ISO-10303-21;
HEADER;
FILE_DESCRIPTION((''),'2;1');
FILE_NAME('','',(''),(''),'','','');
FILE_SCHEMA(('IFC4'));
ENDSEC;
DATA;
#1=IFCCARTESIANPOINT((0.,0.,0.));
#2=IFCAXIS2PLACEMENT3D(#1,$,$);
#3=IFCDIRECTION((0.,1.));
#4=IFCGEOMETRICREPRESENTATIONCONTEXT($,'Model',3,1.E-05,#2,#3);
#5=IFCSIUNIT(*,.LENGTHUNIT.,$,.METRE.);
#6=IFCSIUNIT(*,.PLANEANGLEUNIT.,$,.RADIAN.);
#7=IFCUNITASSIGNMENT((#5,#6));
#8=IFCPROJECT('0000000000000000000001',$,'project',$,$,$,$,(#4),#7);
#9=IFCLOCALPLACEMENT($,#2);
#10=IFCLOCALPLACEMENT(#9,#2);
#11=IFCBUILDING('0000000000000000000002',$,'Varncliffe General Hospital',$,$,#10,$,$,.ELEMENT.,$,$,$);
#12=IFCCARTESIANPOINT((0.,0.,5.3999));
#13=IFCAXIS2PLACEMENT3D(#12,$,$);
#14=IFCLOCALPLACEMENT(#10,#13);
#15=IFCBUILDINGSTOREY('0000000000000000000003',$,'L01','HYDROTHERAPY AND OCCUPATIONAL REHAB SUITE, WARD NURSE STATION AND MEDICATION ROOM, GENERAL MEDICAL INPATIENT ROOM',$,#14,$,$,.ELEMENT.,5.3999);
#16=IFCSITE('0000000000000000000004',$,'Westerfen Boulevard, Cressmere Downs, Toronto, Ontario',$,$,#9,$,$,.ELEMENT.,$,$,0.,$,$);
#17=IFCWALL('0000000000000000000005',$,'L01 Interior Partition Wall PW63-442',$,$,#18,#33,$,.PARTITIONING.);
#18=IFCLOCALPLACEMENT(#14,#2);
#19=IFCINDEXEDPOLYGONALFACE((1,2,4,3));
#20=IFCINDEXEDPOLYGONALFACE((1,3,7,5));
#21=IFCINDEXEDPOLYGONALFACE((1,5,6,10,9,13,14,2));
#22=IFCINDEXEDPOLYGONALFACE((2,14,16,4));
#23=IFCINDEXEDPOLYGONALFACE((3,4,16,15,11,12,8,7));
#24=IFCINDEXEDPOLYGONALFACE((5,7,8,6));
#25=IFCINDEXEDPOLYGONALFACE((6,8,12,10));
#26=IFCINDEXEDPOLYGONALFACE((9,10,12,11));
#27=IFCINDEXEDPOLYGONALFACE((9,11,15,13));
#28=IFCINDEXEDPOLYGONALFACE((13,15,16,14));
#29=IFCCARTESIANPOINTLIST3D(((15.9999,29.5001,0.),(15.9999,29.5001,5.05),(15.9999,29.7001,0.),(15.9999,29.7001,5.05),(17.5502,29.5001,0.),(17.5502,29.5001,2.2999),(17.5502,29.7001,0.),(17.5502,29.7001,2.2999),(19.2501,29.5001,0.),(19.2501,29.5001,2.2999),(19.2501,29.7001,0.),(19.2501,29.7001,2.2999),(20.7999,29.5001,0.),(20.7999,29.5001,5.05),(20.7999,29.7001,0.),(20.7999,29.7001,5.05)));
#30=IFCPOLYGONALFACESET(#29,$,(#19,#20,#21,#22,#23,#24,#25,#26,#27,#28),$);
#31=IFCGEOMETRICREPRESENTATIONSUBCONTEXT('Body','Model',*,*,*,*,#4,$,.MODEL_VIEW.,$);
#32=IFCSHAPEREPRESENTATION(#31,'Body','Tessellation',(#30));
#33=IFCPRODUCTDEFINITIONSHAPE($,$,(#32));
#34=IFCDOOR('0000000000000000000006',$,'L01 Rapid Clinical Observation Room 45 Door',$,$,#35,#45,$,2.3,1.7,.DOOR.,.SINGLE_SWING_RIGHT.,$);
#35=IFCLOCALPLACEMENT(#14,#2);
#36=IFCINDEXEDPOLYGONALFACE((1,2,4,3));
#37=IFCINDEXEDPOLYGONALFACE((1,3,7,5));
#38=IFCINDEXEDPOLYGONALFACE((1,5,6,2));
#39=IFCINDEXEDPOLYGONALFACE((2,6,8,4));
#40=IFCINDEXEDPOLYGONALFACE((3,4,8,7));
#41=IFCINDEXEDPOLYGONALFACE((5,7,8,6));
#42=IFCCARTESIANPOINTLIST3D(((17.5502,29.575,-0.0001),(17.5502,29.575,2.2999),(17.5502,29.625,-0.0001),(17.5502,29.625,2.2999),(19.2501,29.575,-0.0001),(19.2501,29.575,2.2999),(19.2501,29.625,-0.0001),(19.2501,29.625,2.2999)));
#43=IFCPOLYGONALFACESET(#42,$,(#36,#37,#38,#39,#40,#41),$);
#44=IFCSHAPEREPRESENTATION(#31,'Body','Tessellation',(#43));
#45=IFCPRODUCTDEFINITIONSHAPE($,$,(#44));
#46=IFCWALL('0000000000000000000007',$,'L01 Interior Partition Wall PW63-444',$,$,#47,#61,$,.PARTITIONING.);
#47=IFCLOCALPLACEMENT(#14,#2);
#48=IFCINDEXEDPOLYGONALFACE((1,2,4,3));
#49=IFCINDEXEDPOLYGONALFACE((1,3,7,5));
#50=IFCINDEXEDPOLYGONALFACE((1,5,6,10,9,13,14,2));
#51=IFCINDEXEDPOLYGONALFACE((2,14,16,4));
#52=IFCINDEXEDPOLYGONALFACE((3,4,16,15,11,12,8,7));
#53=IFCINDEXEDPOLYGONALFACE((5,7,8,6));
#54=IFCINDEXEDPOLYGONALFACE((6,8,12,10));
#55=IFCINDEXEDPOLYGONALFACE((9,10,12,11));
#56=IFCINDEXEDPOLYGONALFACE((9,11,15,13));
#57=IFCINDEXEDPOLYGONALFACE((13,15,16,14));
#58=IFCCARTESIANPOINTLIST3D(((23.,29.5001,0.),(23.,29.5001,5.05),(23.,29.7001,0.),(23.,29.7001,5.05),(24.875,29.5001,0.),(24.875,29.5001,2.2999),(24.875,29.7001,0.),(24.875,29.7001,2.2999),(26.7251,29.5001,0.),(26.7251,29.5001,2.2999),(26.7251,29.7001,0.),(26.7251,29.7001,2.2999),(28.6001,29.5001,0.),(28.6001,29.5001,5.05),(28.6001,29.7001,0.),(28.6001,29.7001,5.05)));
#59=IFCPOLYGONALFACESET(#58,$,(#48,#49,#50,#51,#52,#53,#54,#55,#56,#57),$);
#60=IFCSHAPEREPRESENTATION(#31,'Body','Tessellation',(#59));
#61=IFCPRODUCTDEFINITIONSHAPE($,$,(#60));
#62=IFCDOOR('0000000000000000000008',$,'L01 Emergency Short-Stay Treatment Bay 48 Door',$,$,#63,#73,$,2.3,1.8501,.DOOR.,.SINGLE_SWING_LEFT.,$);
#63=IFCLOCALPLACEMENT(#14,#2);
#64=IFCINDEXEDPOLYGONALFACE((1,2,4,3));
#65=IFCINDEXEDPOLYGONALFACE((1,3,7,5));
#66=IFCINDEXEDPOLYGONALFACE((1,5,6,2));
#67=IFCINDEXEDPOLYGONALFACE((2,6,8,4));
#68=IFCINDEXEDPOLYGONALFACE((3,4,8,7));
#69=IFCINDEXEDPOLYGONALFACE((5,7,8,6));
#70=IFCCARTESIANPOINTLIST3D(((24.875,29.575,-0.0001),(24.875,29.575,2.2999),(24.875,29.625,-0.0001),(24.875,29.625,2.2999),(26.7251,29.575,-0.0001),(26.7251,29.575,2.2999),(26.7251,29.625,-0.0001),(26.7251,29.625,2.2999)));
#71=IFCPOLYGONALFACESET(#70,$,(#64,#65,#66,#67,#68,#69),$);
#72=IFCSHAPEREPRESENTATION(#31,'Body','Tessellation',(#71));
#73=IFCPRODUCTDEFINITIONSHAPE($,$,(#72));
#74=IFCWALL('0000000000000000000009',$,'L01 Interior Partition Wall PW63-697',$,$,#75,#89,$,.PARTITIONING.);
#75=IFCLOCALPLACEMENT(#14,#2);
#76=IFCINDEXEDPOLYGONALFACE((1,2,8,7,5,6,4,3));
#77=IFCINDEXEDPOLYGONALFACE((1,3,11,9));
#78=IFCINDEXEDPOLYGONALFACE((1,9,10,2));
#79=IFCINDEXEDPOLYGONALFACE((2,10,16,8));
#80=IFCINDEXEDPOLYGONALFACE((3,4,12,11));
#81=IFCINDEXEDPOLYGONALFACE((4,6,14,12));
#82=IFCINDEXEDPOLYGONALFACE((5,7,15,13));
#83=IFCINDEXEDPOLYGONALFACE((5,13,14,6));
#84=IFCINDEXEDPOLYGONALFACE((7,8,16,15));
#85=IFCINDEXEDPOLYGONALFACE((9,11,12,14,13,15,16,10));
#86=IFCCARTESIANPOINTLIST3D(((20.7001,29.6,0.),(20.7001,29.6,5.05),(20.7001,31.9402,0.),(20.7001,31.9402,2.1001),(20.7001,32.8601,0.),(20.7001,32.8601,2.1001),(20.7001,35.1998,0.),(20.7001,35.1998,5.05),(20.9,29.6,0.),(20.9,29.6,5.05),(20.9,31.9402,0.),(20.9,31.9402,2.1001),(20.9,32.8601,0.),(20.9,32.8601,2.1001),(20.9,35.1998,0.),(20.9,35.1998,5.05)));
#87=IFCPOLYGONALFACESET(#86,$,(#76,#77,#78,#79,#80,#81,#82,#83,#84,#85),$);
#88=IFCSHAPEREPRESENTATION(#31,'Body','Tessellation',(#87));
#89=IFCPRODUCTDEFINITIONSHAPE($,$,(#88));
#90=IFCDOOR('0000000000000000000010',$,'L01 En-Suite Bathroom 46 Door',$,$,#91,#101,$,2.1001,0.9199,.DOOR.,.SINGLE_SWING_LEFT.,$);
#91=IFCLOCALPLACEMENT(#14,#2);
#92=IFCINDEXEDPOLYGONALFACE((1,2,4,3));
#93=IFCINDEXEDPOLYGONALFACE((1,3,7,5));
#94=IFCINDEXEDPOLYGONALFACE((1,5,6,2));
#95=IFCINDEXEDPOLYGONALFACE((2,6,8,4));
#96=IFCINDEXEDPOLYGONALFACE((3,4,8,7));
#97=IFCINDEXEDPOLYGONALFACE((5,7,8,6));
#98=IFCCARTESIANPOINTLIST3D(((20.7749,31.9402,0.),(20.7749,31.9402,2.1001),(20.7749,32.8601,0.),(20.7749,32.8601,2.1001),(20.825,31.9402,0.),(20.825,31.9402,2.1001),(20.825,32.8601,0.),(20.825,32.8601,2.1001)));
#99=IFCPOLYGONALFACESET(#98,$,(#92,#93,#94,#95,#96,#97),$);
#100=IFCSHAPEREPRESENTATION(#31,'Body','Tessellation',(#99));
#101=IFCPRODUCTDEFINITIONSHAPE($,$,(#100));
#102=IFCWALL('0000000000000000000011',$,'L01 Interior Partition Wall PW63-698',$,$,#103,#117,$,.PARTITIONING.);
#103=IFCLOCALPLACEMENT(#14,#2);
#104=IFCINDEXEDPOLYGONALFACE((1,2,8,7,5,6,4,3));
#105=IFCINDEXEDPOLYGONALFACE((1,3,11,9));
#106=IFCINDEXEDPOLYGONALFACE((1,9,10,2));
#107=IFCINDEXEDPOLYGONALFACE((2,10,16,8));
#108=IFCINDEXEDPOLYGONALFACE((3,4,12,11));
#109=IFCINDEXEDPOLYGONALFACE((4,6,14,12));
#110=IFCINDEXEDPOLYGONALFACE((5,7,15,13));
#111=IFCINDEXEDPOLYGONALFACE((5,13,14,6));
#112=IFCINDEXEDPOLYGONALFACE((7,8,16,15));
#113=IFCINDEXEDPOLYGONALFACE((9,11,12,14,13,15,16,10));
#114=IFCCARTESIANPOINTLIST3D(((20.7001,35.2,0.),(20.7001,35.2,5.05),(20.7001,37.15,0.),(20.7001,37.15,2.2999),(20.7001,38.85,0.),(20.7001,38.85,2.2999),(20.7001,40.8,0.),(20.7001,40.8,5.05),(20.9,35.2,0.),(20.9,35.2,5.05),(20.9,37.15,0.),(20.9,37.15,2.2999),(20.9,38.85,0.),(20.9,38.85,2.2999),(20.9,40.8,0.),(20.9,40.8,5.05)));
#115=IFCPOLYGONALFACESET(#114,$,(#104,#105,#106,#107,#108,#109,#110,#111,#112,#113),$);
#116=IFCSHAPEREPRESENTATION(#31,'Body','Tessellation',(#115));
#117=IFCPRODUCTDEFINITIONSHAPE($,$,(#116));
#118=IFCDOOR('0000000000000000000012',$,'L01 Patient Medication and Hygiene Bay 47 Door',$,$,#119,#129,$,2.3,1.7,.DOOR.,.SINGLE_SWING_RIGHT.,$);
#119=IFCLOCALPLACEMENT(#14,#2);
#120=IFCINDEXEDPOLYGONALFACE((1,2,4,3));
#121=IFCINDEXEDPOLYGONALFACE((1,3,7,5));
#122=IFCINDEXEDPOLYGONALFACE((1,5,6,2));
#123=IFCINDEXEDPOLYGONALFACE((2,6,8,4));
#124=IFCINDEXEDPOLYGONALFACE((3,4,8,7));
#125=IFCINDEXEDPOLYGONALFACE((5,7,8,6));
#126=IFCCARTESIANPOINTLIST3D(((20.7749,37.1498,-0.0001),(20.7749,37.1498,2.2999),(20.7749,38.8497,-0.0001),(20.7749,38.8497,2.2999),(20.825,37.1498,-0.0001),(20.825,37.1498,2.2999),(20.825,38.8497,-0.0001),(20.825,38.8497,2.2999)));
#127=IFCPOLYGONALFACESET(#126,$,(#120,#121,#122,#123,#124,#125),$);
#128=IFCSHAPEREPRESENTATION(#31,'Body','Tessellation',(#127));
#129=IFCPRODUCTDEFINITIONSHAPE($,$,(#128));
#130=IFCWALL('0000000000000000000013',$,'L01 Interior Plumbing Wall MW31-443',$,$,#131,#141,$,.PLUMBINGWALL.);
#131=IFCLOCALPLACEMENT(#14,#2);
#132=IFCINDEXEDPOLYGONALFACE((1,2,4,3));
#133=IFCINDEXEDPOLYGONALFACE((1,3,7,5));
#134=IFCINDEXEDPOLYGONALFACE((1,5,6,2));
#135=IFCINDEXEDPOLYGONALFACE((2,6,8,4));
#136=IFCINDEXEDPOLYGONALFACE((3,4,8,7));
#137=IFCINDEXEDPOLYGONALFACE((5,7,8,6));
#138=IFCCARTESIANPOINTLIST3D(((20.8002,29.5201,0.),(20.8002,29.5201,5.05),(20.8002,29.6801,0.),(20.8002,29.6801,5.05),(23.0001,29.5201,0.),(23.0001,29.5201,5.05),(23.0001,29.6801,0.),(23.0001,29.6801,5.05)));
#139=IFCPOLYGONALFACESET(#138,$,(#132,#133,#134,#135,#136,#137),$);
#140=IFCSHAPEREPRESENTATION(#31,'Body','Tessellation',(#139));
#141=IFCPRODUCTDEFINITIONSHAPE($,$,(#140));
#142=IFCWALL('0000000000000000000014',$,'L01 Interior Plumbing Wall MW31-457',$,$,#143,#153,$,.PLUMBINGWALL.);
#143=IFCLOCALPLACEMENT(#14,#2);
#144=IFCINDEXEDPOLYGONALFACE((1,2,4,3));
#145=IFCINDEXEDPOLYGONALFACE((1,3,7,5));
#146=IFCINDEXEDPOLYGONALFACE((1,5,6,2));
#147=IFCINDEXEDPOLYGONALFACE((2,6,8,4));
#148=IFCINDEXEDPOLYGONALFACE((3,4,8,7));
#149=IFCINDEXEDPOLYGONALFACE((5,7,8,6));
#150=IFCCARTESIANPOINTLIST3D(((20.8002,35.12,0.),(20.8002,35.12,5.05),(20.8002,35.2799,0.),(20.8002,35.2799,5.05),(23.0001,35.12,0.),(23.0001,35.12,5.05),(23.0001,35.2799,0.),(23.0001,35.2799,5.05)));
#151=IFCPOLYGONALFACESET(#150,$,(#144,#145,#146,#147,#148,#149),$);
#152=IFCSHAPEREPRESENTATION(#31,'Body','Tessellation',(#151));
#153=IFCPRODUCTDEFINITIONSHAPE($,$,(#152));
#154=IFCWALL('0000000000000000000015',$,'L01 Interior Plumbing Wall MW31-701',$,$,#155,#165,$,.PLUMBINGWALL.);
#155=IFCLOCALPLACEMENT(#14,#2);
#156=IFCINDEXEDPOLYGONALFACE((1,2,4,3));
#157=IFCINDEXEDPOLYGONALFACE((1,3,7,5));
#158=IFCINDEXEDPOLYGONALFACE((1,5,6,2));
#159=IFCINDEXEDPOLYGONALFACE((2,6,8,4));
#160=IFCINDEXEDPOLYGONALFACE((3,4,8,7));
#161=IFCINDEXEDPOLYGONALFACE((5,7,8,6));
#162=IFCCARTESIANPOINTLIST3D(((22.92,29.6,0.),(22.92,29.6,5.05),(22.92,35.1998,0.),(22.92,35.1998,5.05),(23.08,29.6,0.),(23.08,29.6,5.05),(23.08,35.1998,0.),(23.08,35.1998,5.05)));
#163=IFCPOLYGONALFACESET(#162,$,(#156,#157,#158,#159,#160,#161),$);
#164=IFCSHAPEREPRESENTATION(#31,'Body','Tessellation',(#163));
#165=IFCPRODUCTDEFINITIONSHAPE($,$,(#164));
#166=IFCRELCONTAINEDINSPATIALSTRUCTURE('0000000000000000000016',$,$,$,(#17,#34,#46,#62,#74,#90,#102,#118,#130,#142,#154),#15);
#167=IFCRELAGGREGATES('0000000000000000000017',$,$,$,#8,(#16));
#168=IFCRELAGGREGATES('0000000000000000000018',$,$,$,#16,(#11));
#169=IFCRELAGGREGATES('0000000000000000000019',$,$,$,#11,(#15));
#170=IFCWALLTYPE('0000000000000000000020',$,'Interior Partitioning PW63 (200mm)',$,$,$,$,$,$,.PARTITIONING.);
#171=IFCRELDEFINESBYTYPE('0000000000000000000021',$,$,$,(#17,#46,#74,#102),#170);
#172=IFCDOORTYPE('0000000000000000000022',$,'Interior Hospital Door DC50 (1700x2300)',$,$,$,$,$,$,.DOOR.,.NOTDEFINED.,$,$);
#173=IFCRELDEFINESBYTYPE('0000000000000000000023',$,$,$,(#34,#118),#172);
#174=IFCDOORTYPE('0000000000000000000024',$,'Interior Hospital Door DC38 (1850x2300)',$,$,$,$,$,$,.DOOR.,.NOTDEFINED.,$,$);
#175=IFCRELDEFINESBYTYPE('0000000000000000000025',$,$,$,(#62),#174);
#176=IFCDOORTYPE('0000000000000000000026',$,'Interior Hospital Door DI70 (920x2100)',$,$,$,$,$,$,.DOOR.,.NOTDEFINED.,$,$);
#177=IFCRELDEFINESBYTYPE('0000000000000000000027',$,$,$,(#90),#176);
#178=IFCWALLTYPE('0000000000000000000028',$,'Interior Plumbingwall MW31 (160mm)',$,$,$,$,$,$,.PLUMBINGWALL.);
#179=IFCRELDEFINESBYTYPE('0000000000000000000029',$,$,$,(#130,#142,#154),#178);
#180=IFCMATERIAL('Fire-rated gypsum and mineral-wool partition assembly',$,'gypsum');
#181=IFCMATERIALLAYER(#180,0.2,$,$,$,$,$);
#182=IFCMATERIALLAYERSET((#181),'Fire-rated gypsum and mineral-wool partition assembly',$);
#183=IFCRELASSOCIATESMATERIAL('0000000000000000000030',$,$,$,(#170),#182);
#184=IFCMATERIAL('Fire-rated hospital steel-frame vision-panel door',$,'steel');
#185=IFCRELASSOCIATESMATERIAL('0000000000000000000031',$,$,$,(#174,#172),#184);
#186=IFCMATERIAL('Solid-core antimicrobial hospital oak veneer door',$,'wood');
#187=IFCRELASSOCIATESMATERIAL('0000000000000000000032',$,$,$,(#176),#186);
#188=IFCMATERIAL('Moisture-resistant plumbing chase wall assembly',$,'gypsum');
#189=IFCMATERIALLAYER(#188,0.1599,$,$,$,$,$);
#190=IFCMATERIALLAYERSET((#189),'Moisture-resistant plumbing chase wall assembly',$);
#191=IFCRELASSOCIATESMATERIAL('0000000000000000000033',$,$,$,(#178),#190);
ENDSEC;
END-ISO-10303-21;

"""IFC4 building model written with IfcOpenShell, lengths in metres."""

from ifc_helpers import new_model, si_unit, direction, frame, frame_2d, origin, place, context, subcontext, project, spatial, rectangle, extrude, material, layer, layer_set, type_object, element, fill, save


model = new_model("IFC4")

# Units and contexts
model_context = context("Model", 3, precision=1e-05, world=origin(), true_north=direction((0.0, 1.0)))
body_context = subcontext(model_context, "Body", "Model", "MODEL_VIEW")
ifc_project = project(units=[si_unit("LENGTHUNIT", "METRE"), si_unit("PLANEANGLEUNIT", "RADIAN")], contexts=[model_context])

# Site, building, storey
site_placement = place(None, origin())
site = spatial("IfcSite", under=ifc_project, at=site_placement, Name="Westerfen Boulevard, Cressmere Downs, Toronto, Ontario", CompositionType="ELEMENT", RefElevation=0.0)
building_placement = place(site_placement, origin())
building = spatial("IfcBuilding", under=site, at=building_placement, Name="Varncliffe General Hospital", CompositionType="ELEMENT")
storey_placement = place(building_placement, frame((0.0, 0.0, 5.3999)))
storey = spatial("IfcBuildingStorey", under=building, at=storey_placement, Name="L01", Description="HYDROTHERAPY AND OCCUPATIONAL REHAB SUITE, WARD NURSE STATION AND MEDICATION ROOM, GENERAL MEDICAL INPATIENT ROOM", CompositionType="ELEMENT", Elevation=5.3999)

# Walls, openings, doors
ifc_material_1 = material(Name="Fire-rated gypsum and mineral-wool partition assembly", Category="gypsum")
ifc_layer_1 = layer(ifc_material_1, 0.2)
ifc_layer_set_1 = layer_set([ifc_layer_1], Name="Fire-rated gypsum and mineral-wool partition assembly")
wall_type_1 = type_object("IfcWallType", Name="Interior Partitioning PW63 (200mm)", PredefinedType="PARTITIONING", material=ifc_layer_set_1)
ifc_material_2 = material(Name="Fire-rated hospital steel-frame vision-panel door", Category="steel")
door_type_1 = type_object("IfcDoorType", Name="Interior Hospital Door DC38 (1850x2300)", OperationType="NOTDEFINED", PredefinedType="DOOR", material=ifc_material_2)
wall_1_placement = place(storey_placement, frame((16.0, 29.6001, 0.0), z_axis=(0.0, 0.0, 1.0), x_axis=(1.0, 0.0, 0.0)))
wall_1 = element("IfcWall", 1, at=wall_1_placement, inside=storey, type_object=wall_type_1, Name="L01 Interior Partition Wall PW63-442", PredefinedType="PARTITIONING", context=body_context, shape_type="SweptSolid", body=[
    extrude(rectangle(XDim=4.8, YDim=0.2, at=frame_2d((2.3999, 0.0))), origin(), (0.0, 0.0, 1.0), 5.05),
])
opening_1_placement = place(wall_1_placement, frame((1.55, 0.0, 0.0)))
opening_1 = element("IfcOpeningElement", 2, at=opening_1_placement, cuts=wall_1, PredefinedType="OPENING", context=body_context, shape_type="SweptSolid", body=[
    extrude(rectangle(XDim=1.7, YDim=2.3, at=frame_2d((0.8501, 1.1499))), frame((0.0, 0.1099, 0.0), z_axis=(0.0, -1.0, 0.0), x_axis=(1.0, 0.0, 0.0)), (0.0, 0.0, 1.0), 0.22),
])
door_type_2 = type_object("IfcDoorType", Name="Interior Hospital Door DC50 (1700x2300)", OperationType="NOTDEFINED", PredefinedType="DOOR", material=ifc_material_2)
door_1_placement = place(opening_1_placement, origin())
door_1 = element("IfcDoor", 3, at=door_1_placement, inside=storey, type_object=door_type_2, Name="L01 Rapid Clinical Observation Room 45 Door", OperationType="SINGLE_SWING_RIGHT", OverallHeight=2.3, OverallWidth=1.7, PredefinedType="DOOR", context=body_context, shape_type="SweptSolid", body=[
    extrude(rectangle(XDim=1.7, YDim=2.3, at=frame_2d((0.8501, 1.1499))), frame((0.0, 0.0249, 0.0), z_axis=(0.0, -1.0, 0.0), x_axis=(1.0, 0.0, 0.0)), (0.0, 0.0, 1.0), 0.05),
])
fill(opening_1, door_1)
wall_2_placement = place(storey_placement, frame((23.0, 29.6001, 0.0), z_axis=(0.0, 0.0, 1.0), x_axis=(1.0, 0.0, 0.0)))
wall_2 = element("IfcWall", 4, at=wall_2_placement, inside=storey, type_object=wall_type_1, Name="L01 Interior Partition Wall PW63-444", PredefinedType="PARTITIONING", context=body_context, shape_type="SweptSolid", body=[
    extrude(rectangle(XDim=5.6001, YDim=0.2, at=frame_2d((2.8, 0.0))), origin(), (0.0, 0.0, 1.0), 5.05),
])
opening_2_placement = place(wall_2_placement, frame((1.875, 0.0, 0.0)))
opening_2 = element("IfcOpeningElement", 5, at=opening_2_placement, cuts=wall_2, PredefinedType="OPENING", context=body_context, shape_type="SweptSolid", body=[
    extrude(rectangle(XDim=1.8501, YDim=2.3, at=frame_2d((0.925, 1.1499))), frame((0.0, 0.1099, 0.0), z_axis=(0.0, -1.0, 0.0), x_axis=(1.0, 0.0, 0.0)), (0.0, 0.0, 1.0), 0.22),
])
door_2_placement = place(opening_2_placement, origin())
door_2 = element("IfcDoor", 6, at=door_2_placement, inside=storey, type_object=door_type_1, Name="L01 Emergency Short-Stay Treatment Bay 48 Door", OperationType="SINGLE_SWING_LEFT", OverallHeight=2.3, OverallWidth=1.8501, PredefinedType="DOOR", context=body_context, shape_type="SweptSolid", body=[
    extrude(rectangle(XDim=1.8501, YDim=2.3, at=frame_2d((0.925, 1.1499))), frame((0.0, 0.0249, 0.0), z_axis=(0.0, -1.0, 0.0), x_axis=(1.0, 0.0, 0.0)), (0.0, 0.0, 1.0), 0.05),
])
fill(opening_2, door_2)
wall_3_placement = place(storey_placement, frame((20.8, 29.6001, 0.0), z_axis=(0.0, 0.0, 1.0), x_axis=(0.0, 1.0, 0.0)))
wall_3 = element("IfcWall", 7, at=wall_3_placement, inside=storey, type_object=wall_type_1, Name="L01 Interior Partition Wall PW63-697", PredefinedType="PARTITIONING", context=body_context, shape_type="SweptSolid", body=[
    extrude(rectangle(XDim=5.5999, YDim=0.2, at=frame_2d((2.7998, 0.0))), origin(), (0.0, 0.0, 1.0), 5.05),
])
opening_3_placement = place(wall_3_placement, frame((2.3401, 0.0, 0.0)))
opening_3 = element("IfcOpeningElement", 8, at=opening_3_placement, cuts=wall_3, PredefinedType="OPENING", context=body_context, shape_type="SweptSolid", body=[
    extrude(rectangle(XDim=0.9199, YDim=2.1001, at=frame_2d((0.46, 1.05))), frame((0.0, 0.1099, 0.0), z_axis=(0.0, -1.0, 0.0), x_axis=(1.0, 0.0, 0.0)), (0.0, 0.0, 1.0), 0.22),
])
ifc_material_3 = material(Name="Solid-core antimicrobial hospital oak veneer door", Category="wood")
door_type_3 = type_object("IfcDoorType", Name="Interior Hospital Door DI70 (920x2100)", OperationType="NOTDEFINED", PredefinedType="DOOR", material=ifc_material_3)
door_3_placement = place(opening_3_placement, frame((0.9199, 0.0, 0.0), z_axis=(0.0, 0.0, 1.0), x_axis=(-1.0, 0.0, 0.0)))
door_3 = element("IfcDoor", 9, at=door_3_placement, inside=storey, type_object=door_type_3, Name="L01 En-Suite Bathroom 46 Door", OperationType="SINGLE_SWING_LEFT", OverallHeight=2.1001, OverallWidth=0.9199, PredefinedType="DOOR", context=body_context, shape_type="SweptSolid", body=[
    extrude(rectangle(XDim=0.9199, YDim=2.1001, at=frame_2d((0.46, 1.05))), frame((0.0, 0.0249, 0.0), z_axis=(0.0, -1.0, 0.0), x_axis=(1.0, 0.0, 0.0)), (0.0, 0.0, 1.0), 0.05),
])
fill(opening_3, door_3)
wall_4_placement = place(storey_placement, frame((20.8, 35.2, 0.0), z_axis=(0.0, 0.0, 1.0), x_axis=(0.0, 1.0, 0.0)))
wall_4 = element("IfcWall", 10, at=wall_4_placement, inside=storey, type_object=wall_type_1, Name="L01 Interior Partition Wall PW63-698", PredefinedType="PARTITIONING", context=body_context, shape_type="SweptSolid", body=[
    extrude(rectangle(XDim=5.6001, YDim=0.2, at=frame_2d((2.8, 0.0))), origin(), (0.0, 0.0, 1.0), 5.05),
])
opening_4_placement = place(wall_4_placement, frame((1.95, 0.0, 0.0)))
opening_4 = element("IfcOpeningElement", 11, at=opening_4_placement, cuts=wall_4, PredefinedType="OPENING", context=body_context, shape_type="SweptSolid", body=[
    extrude(rectangle(XDim=1.7, YDim=2.3, at=frame_2d((0.8501, 1.1499))), frame((0.0, 0.1099, 0.0), z_axis=(0.0, -1.0, 0.0), x_axis=(1.0, 0.0, 0.0)), (0.0, 0.0, 1.0), 0.22),
])
door_4_placement = place(opening_4_placement, frame((1.7, 0.0, 0.0), z_axis=(0.0, 0.0, 1.0), x_axis=(-1.0, 0.0, 0.0)))
door_4 = element("IfcDoor", 12, at=door_4_placement, inside=storey, type_object=door_type_2, Name="L01 Patient Medication and Hygiene Bay 47 Door", OperationType="SINGLE_SWING_RIGHT", OverallHeight=2.3, OverallWidth=1.7, PredefinedType="DOOR", context=body_context, shape_type="SweptSolid", body=[
    extrude(rectangle(XDim=1.7, YDim=2.3, at=frame_2d((0.8501, 1.1499))), frame((0.0, 0.0249, 0.0), z_axis=(0.0, -1.0, 0.0), x_axis=(1.0, 0.0, 0.0)), (0.0, 0.0, 1.0), 0.05),
])
fill(opening_4, door_4)

# Walls
ifc_material_4 = material(Name="Moisture-resistant plumbing chase wall assembly", Category="gypsum")
ifc_layer_2 = layer(ifc_material_4, 0.1599)
ifc_layer_set_2 = layer_set([ifc_layer_2], Name="Moisture-resistant plumbing chase wall assembly")
wall_type_2 = type_object("IfcWallType", Name="Interior Plumbingwall MW31 (160mm)", PredefinedType="PLUMBINGWALL", material=ifc_layer_set_2)
for number, where, z_axis, x_axis, name in (
    (13, (20.8, 29.6001, 0.0), (0.0, 0.0, 1.0), (1.0, 0.0, 0.0), "L01 Interior Plumbing Wall MW31-443"),
    (14, (20.8, 35.2, 0.0), (0.0, 0.0, 1.0), (1.0, 0.0, 0.0), "L01 Interior Plumbing Wall MW31-457"),
):
    element("IfcWall", number, at=place(storey_placement, frame(where, z_axis=z_axis, x_axis=x_axis)), inside=storey, type_object=wall_type_2, Name=name, PredefinedType="PLUMBINGWALL", context=body_context, shape_type="SweptSolid", body=[
        extrude(rectangle(XDim=2.2, YDim=0.1599, at=frame_2d((1.1001, 0.0))), origin(), (0.0, 0.0, 1.0), 5.05),
    ])
wall_5_placement = place(storey_placement, frame((23.0, 29.6001, 0.0), z_axis=(0.0, 0.0, 1.0), x_axis=(0.0, 1.0, 0.0)))
element("IfcWall", 15, at=wall_5_placement, inside=storey, type_object=wall_type_2, Name="L01 Interior Plumbing Wall MW31-701", PredefinedType="PLUMBINGWALL", context=body_context, shape_type="SweptSolid", body=[
    extrude(rectangle(XDim=5.5999, YDim=0.1599, at=frame_2d((2.7998, 0.0))), origin(), (0.0, 0.0, 1.0), 5.05),
])

save(model, "model.ifc")
